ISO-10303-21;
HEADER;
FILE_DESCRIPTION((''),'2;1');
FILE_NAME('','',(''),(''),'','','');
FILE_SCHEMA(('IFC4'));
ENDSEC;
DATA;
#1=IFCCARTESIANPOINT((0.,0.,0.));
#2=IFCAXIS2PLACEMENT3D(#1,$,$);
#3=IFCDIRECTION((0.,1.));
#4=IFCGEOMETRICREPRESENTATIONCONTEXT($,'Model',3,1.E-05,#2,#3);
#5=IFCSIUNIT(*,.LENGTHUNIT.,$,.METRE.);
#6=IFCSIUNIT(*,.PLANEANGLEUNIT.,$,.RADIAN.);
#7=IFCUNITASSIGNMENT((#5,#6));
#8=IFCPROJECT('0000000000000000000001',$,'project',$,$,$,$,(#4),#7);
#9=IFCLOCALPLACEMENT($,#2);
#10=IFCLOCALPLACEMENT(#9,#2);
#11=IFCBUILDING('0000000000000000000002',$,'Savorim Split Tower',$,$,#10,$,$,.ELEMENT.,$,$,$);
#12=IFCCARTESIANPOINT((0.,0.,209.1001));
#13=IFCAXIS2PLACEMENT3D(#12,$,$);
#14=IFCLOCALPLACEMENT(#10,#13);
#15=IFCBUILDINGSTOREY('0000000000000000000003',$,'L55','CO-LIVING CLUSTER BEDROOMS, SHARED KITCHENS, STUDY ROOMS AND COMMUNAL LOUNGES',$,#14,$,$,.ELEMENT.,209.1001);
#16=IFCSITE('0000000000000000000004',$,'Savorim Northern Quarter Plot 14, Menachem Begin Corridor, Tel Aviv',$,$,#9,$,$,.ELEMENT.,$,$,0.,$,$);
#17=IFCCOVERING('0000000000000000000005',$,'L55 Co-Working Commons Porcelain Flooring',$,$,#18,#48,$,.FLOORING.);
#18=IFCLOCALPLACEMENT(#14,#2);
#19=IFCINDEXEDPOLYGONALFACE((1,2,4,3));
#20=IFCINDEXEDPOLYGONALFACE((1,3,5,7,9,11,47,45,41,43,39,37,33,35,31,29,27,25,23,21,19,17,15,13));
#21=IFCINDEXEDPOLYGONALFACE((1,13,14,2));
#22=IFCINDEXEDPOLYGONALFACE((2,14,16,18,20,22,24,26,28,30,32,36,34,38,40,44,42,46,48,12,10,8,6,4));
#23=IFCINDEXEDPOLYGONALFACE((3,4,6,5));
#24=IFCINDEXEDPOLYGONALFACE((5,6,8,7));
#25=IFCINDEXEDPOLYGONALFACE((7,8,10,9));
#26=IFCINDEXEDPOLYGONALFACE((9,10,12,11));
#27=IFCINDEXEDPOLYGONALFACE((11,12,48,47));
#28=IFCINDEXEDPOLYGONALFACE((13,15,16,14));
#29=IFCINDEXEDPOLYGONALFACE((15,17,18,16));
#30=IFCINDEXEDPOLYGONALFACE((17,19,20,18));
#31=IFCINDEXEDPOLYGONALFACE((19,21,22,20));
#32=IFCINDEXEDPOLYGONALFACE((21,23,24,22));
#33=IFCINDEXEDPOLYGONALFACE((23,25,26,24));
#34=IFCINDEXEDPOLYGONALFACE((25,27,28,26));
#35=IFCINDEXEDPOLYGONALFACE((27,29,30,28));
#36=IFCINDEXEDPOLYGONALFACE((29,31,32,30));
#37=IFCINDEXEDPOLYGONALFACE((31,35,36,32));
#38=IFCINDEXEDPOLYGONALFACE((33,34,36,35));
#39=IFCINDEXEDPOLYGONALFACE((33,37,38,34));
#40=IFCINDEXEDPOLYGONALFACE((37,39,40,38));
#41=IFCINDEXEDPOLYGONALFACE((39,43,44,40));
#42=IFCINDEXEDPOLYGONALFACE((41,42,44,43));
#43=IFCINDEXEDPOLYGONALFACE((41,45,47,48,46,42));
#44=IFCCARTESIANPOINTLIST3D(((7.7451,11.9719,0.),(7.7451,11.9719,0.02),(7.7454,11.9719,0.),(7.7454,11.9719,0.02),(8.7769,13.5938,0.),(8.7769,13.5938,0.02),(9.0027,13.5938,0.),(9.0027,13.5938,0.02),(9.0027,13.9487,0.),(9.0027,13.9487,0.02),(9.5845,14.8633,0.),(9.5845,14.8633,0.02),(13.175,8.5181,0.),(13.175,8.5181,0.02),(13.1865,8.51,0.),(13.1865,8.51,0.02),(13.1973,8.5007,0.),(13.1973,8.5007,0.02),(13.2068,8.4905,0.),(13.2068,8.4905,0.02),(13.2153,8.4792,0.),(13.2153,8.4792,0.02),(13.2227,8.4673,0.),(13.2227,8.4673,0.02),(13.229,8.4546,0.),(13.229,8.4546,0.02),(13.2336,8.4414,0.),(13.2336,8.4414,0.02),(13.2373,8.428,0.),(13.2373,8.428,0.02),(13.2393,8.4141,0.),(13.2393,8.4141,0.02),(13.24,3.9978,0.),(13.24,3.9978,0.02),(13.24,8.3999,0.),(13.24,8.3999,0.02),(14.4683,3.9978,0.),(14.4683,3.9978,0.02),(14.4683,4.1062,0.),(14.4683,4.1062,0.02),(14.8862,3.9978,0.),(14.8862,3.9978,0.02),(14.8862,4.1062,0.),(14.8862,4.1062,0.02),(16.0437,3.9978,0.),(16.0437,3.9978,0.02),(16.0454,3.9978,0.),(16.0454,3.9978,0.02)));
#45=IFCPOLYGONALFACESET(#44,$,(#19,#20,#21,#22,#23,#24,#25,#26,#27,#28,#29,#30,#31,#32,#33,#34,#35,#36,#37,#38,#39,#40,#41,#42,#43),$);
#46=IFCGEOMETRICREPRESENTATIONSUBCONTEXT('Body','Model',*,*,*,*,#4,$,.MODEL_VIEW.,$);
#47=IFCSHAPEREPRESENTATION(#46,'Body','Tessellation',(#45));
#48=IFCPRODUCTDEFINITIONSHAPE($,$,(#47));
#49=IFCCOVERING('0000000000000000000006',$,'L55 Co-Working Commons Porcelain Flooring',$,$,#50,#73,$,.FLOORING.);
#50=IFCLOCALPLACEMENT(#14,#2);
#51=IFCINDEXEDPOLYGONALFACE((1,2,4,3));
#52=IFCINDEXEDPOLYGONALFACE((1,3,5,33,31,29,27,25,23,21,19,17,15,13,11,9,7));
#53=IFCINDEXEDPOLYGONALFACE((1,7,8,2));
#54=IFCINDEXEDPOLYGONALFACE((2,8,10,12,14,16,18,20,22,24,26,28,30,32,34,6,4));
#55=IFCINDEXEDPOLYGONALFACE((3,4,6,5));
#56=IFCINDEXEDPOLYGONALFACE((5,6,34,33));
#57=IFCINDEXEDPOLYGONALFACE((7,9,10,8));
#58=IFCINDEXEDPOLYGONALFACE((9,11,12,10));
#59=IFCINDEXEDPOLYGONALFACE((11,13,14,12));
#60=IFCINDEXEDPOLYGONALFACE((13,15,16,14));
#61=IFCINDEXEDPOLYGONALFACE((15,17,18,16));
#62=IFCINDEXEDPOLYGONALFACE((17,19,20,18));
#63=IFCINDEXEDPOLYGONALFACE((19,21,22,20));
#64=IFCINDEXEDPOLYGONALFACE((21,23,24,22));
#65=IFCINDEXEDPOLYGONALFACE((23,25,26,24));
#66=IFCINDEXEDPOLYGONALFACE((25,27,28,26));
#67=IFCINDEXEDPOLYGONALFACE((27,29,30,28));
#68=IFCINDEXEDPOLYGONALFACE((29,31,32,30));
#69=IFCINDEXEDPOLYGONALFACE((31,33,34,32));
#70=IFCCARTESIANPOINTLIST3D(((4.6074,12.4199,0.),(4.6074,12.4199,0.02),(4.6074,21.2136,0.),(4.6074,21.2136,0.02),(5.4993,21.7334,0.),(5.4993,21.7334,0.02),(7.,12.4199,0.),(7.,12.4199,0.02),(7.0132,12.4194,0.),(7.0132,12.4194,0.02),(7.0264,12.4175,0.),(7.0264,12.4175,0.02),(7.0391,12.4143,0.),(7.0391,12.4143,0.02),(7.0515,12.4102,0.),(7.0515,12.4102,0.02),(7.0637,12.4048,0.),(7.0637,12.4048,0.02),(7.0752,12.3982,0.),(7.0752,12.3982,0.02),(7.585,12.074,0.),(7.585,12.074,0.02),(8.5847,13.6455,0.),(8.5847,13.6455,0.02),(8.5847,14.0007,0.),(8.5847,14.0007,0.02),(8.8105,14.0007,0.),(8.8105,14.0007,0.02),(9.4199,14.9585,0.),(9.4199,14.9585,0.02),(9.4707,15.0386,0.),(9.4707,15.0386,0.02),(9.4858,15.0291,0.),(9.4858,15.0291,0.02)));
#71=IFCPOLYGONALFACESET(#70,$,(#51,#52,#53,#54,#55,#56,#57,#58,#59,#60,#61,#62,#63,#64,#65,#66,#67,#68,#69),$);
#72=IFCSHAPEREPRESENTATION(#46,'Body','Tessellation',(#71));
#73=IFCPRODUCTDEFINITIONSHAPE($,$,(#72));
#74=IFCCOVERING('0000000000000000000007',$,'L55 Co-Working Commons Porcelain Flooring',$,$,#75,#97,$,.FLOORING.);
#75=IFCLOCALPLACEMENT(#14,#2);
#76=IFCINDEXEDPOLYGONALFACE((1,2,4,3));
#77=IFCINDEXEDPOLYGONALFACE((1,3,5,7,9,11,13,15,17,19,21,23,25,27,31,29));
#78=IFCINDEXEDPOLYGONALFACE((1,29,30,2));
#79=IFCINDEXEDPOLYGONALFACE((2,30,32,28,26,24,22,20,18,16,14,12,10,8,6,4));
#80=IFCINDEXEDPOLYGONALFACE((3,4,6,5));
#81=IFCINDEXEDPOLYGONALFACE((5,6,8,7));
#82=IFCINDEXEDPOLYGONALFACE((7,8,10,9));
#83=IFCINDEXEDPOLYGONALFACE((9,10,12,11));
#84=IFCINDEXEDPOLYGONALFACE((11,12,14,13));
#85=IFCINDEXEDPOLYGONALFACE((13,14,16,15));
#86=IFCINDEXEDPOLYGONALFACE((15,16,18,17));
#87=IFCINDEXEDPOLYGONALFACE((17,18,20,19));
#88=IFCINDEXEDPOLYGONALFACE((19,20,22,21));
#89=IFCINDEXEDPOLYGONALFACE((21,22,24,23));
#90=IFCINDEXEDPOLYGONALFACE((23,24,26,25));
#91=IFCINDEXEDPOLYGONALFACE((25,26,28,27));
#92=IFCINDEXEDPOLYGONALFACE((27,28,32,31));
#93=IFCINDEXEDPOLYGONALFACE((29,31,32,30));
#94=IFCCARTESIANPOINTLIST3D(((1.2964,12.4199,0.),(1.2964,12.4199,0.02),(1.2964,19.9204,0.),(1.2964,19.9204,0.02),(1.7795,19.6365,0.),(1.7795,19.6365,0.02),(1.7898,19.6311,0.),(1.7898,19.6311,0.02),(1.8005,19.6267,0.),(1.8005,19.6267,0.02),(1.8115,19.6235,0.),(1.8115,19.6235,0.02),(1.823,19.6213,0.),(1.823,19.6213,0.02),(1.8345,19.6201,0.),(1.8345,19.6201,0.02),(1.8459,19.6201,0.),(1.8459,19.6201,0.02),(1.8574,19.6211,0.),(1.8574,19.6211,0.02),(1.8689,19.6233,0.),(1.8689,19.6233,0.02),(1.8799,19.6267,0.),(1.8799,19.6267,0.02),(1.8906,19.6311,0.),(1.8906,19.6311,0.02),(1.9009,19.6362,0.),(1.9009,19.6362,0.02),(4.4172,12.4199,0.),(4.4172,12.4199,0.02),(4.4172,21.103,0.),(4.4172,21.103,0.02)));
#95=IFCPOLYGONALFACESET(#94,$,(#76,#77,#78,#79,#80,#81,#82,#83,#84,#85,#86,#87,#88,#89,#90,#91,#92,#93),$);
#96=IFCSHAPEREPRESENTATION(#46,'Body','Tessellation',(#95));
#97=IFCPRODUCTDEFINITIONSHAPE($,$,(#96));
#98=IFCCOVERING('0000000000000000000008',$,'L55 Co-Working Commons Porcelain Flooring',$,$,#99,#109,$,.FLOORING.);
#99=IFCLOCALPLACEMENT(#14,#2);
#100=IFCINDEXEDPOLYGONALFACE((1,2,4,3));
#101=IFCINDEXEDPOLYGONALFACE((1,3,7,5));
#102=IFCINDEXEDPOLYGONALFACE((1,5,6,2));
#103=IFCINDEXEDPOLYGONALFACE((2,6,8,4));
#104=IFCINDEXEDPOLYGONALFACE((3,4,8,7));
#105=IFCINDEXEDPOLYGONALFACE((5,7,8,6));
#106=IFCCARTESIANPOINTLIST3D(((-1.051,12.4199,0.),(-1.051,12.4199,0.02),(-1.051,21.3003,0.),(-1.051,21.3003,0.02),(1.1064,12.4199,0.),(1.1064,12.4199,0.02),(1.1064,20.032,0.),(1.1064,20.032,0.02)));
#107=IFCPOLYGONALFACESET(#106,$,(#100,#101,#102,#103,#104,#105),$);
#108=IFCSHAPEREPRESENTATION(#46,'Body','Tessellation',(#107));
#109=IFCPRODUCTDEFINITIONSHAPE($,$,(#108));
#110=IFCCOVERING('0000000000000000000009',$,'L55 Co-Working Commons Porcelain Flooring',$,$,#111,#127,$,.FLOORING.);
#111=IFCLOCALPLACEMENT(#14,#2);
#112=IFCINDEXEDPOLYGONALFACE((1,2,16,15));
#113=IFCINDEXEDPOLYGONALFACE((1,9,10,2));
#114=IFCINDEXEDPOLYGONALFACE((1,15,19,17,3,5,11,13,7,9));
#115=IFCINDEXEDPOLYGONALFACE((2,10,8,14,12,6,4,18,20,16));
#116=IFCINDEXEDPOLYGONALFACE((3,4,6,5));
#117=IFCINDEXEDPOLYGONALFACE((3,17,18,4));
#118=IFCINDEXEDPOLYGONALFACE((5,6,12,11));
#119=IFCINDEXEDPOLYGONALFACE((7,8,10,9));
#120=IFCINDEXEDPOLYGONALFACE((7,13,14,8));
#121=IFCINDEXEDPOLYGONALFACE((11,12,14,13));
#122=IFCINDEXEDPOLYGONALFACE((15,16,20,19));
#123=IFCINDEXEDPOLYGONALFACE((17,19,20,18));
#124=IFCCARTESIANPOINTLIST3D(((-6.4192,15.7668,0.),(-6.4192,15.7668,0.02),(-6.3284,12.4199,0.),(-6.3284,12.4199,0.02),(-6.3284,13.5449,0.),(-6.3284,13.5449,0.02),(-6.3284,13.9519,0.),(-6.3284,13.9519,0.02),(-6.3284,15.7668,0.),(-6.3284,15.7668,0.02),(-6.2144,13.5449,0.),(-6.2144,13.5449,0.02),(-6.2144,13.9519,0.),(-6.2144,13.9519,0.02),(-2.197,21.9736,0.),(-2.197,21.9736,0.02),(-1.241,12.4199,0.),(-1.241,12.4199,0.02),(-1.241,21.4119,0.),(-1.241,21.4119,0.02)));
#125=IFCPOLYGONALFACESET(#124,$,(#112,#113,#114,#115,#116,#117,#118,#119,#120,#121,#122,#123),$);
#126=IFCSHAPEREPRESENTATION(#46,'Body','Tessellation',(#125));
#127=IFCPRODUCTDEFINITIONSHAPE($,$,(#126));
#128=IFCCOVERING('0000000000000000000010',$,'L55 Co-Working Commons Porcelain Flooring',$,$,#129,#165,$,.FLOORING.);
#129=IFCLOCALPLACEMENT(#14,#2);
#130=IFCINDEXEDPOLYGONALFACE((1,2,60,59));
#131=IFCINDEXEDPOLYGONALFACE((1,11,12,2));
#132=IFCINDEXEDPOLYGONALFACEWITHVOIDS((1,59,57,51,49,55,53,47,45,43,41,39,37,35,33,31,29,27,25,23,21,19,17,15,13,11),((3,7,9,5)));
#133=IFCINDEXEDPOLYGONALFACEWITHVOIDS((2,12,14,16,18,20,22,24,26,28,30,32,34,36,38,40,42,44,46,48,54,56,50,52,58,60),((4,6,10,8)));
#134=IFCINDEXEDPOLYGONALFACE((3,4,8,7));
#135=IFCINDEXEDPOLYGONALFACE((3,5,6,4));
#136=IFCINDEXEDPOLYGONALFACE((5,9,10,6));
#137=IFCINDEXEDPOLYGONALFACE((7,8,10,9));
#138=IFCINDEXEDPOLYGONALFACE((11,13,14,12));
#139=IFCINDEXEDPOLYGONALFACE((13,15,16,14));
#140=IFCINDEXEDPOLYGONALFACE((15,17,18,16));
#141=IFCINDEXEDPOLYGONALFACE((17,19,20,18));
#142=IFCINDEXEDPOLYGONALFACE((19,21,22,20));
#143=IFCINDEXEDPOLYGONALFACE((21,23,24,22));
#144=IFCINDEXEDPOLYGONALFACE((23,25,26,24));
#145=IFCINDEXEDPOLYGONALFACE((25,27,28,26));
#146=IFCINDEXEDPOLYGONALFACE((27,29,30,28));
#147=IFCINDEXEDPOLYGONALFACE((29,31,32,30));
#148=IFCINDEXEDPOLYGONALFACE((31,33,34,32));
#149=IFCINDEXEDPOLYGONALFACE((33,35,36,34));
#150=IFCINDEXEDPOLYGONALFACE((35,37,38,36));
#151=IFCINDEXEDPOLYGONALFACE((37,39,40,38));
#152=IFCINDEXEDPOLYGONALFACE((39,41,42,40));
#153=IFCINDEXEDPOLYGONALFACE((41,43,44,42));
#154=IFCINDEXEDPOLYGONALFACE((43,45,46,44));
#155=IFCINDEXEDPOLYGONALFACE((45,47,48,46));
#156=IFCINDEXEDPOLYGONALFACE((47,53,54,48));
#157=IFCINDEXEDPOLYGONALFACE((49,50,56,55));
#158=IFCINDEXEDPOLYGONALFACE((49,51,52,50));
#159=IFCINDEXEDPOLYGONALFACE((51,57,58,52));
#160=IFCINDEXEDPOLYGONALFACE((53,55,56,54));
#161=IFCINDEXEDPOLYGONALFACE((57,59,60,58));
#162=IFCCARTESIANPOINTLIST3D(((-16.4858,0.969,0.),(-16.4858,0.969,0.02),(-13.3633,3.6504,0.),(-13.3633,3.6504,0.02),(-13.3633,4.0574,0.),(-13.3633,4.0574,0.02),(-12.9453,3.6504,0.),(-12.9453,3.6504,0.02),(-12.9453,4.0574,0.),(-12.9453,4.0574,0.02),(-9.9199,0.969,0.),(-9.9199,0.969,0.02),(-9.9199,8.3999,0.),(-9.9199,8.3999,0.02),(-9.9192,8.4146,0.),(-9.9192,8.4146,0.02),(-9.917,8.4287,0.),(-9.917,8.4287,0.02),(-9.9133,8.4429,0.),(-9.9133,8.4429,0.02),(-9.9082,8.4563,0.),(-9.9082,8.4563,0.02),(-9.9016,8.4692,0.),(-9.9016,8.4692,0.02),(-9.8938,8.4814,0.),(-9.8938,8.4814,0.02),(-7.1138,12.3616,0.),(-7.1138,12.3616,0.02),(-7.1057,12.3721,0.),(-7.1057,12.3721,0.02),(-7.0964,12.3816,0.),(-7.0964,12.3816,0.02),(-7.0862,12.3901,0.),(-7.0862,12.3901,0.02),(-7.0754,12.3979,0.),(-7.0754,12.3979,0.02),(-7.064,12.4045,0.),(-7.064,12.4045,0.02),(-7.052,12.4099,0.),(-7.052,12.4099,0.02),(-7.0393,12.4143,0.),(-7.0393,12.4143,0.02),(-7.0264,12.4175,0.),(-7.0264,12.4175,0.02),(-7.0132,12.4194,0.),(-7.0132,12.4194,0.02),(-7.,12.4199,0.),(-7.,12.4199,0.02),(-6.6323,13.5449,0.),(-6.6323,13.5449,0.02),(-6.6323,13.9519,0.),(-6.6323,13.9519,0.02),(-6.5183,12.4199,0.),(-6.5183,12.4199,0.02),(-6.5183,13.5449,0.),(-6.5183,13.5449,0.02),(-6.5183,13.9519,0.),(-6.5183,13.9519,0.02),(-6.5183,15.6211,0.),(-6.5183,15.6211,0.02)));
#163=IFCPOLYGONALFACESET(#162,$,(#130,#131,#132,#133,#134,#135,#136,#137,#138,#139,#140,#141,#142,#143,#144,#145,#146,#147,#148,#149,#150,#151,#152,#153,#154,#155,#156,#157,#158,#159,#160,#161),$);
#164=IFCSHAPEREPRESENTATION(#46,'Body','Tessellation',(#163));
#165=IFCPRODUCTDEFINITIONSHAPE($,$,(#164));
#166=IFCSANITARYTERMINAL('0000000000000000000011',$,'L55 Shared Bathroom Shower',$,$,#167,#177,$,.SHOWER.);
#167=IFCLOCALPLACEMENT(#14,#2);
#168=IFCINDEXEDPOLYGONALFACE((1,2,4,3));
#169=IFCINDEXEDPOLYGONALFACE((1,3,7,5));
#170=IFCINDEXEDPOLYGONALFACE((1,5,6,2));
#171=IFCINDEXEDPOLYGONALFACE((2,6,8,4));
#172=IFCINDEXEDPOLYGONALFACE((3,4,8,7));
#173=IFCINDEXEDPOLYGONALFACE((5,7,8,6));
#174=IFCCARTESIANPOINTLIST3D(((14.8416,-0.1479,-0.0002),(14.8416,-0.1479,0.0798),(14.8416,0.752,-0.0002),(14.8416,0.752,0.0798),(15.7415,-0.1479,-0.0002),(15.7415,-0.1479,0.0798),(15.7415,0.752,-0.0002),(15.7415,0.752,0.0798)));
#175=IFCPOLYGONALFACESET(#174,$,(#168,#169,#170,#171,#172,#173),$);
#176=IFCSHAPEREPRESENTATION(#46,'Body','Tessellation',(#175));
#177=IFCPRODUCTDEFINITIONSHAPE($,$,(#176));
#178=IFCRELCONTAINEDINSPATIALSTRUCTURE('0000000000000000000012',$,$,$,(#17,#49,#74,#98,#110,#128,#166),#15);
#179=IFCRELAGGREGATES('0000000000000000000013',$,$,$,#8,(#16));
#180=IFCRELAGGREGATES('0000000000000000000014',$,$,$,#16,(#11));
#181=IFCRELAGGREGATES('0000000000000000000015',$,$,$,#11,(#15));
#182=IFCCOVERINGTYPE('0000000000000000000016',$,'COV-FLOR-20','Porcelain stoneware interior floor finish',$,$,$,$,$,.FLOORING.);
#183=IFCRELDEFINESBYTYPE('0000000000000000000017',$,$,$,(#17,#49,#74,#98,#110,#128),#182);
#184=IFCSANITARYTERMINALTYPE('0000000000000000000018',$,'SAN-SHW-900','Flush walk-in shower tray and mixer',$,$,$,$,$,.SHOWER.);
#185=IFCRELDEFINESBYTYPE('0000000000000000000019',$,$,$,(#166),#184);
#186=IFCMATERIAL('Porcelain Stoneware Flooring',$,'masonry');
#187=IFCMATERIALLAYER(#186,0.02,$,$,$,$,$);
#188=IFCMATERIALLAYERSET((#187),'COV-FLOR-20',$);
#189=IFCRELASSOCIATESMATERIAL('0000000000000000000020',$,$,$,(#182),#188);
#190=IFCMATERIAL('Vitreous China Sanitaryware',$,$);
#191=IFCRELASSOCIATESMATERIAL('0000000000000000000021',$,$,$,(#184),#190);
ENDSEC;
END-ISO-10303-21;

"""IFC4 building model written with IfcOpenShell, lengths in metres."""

from ifc_helpers import new_model, si_unit, direction, frame, origin, origin_2d, place, context, subcontext, project, spatial, polyline, rectangle, outline, extrude, material, layer, layer_set, type_object, element, save


model = new_model("IFC4")

# Units and contexts
model_context = context("Model", 3, precision=1e-05, world=origin(), true_north=direction((0.0, 1.0)))
body_context = subcontext(model_context, "Body", "Model", "MODEL_VIEW")
ifc_project = project(units=[si_unit("LENGTHUNIT", "METRE"), si_unit("PLANEANGLEUNIT", "RADIAN")], contexts=[model_context])

# Site, building, storey
site_placement = place(None, origin())
site = spatial("IfcSite", under=ifc_project, at=site_placement, Name="Savorim Northern Quarter Plot 14, Menachem Begin Corridor, Tel Aviv", CompositionType="ELEMENT", RefElevation=0.0)
building_placement = place(site_placement, origin())
building = spatial("IfcBuilding", under=site, at=building_placement, Name="Savorim Split Tower", CompositionType="ELEMENT")
storey_placement = place(building_placement, frame((0.0, 0.0, 209.1001)))
storey = spatial("IfcBuildingStorey", under=building, at=storey_placement, Name="L55", Description="CO-LIVING CLUSTER BEDROOMS, SHARED KITCHENS, STUDY ROOMS AND COMMUNAL LOUNGES", CompositionType="ELEMENT", Elevation=209.1001)

# Coverings
ifc_material_1 = material(Name="Porcelain Stoneware Flooring", Category="masonry")
ifc_layer_1 = layer(ifc_material_1, 0.02)
ifc_layer_set_1 = layer_set([ifc_layer_1], Name="COV-FLOR-20")
covering_type_1 = type_object("IfcCoveringType", Name="COV-FLOR-20", Description="Porcelain stoneware interior floor finish", PredefinedType="FLOORING", material=ifc_layer_set_1)
covering_1_placement = place(storey_placement, origin())
element("IfcCovering", 1, at=covering_1_placement, inside=storey, type_object=covering_type_1, Name="L55 Co-Working Commons Porcelain Flooring", PredefinedType="FLOORING", context=body_context, shape_type="SweptSolid", body=[
    extrude(outline(polyline([(14.8862, 4.1062), (14.8862, 3.9978), (16.0437, 3.9978), (16.0454, 3.9978), (9.5845, 14.8633), (9.0027, 13.9487), (9.0027, 13.5938), (8.7769, 13.5938), (7.7454, 11.9719), (7.7451, 11.9719), (13.175, 8.5181), (13.1865, 8.51), (13.1973, 8.5007), (13.2068, 8.4905), (13.2153, 8.4792), (13.2227, 8.4673), (13.229, 8.4546), (13.2336, 8.4414), (13.2373, 8.428), (13.2393, 8.4141), (13.24, 8.3999), (13.24, 3.9978), (14.4683, 3.9978), (14.4683, 4.1062), (14.8862, 4.1062)])), origin(), (0.0, 0.0, 1.0), 0.02),
])
covering_2_placement = place(storey_placement, origin())
element("IfcCovering", 2, at=covering_2_placement, inside=storey, type_object=covering_type_1, Name="L55 Co-Working Commons Porcelain Flooring", PredefinedType="FLOORING", context=body_context, shape_type="SweptSolid", body=[
    extrude(outline(polyline([(9.4707, 15.0386), (9.4858, 15.0291), (5.4993, 21.7334), (4.6074, 21.2136), (4.6074, 12.4199), (7.0, 12.4199), (7.0132, 12.4194), (7.0264, 12.4175), (7.0391, 12.4143), (7.0515, 12.4102), (7.0637, 12.4048), (7.0752, 12.3982), (7.585, 12.074), (8.5847, 13.6455), (8.5847, 14.0007), (8.8105, 14.0007), (9.4199, 14.9585), (9.4707, 15.0386)])), origin(), (0.0, 0.0, 1.0), 0.02),
])
covering_3_placement = place(storey_placement, origin())
element("IfcCovering", 3, at=covering_3_placement, inside=storey, type_object=covering_type_1, Name="L55 Co-Working Commons Porcelain Flooring", PredefinedType="FLOORING", context=body_context, shape_type="SweptSolid", body=[
    extrude(outline(polyline([(1.8005, 19.6267), (1.7898, 19.6311), (1.7795, 19.6365), (1.2964, 19.9204), (1.2964, 12.4199), (4.4172, 12.4199), (4.4172, 21.103), (1.9009, 19.6362), (1.8906, 19.6311), (1.8799, 19.6267), (1.8689, 19.6233), (1.8574, 19.6211), (1.8459, 19.6201), (1.8345, 19.6201), (1.823, 19.6213), (1.8115, 19.6235), (1.8005, 19.6267)])), origin(), (0.0, 0.0, 1.0), 0.02),
])
covering_4_placement = place(storey_placement, origin())
element("IfcCovering", 4, at=covering_4_placement, inside=storey, type_object=covering_type_1, Name="L55 Co-Working Commons Porcelain Flooring", PredefinedType="FLOORING", context=body_context, shape_type="SweptSolid", body=[
    extrude(outline(polyline([(-1.051, 12.4199), (1.1064, 12.4199), (1.1064, 20.032), (-1.051, 21.3003), (-1.051, 12.4199)])), origin(), (0.0, 0.0, 1.0), 0.02),
])
covering_5_placement = place(storey_placement, origin())
element("IfcCovering", 5, at=covering_5_placement, inside=storey, type_object=covering_type_1, Name="L55 Co-Working Commons Porcelain Flooring", PredefinedType="FLOORING", context=body_context, shape_type="SweptSolid", body=[
    extrude(outline(polyline([(-6.3284, 12.4199), (-1.241, 12.4199), (-1.241, 21.4119), (-2.197, 21.9736), (-6.4192, 15.7668), (-6.3284, 15.7668), (-6.3284, 13.9519), (-6.2144, 13.9519), (-6.2144, 13.5449), (-6.3284, 13.5449), (-6.3284, 12.4199)])), origin(), (0.0, 0.0, 1.0), 0.02),
])
covering_6_placement = place(storey_placement, origin())
element("IfcCovering", 6, at=covering_6_placement, inside=storey, type_object=covering_type_1, Name="L55 Co-Working Commons Porcelain Flooring", PredefinedType="FLOORING", context=body_context, shape_type="SweptSolid", body=[
    extrude(outline(polyline([(-7.0132, 12.4194), (-7.0, 12.4199), (-6.5183, 12.4199), (-6.5183, 13.5449), (-6.6323, 13.5449), (-6.6323, 13.9519), (-6.5183, 13.9519), (-6.5183, 15.6211), (-16.4858, 0.969), (-9.9199, 0.969), (-9.9199, 8.3999), (-9.9192, 8.4146), (-9.917, 8.4287), (-9.9133, 8.4429), (-9.9082, 8.4563), (-9.9016, 8.4692), (-9.8938, 8.4814), (-7.1138, 12.3616), (-7.1057, 12.3721), (-7.0964, 12.3816), (-7.0862, 12.3901), (-7.0754, 12.3979), (-7.064, 12.4045), (-7.052, 12.4099), (-7.0393, 12.4143), (-7.0264, 12.4175), (-7.0132, 12.4194)]), holes=[polyline([(-13.3633, 4.0574), (-13.3633, 3.6504), (-12.9453, 3.6504), (-12.9453, 4.0574), (-13.3633, 4.0574)])]), origin(), (0.0, 0.0, 1.0), 0.02),
])

# Sanitary terminal
ifc_material_2 = material(Name="Vitreous China Sanitaryware")
sanitary_terminal_type_1 = type_object("IfcSanitaryTerminalType", Name="SAN-SHW-900", Description="Flush walk-in shower tray and mixer", PredefinedType="SHOWER", material=ifc_material_2)
sanitary_terminal_1_placement = place(storey_placement, frame((15.2915, 0.302, -0.0002), z_axis=(0.0, 0.0, 1.0), x_axis=(1.0, 0.0, 0.0)))
element("IfcSanitaryTerminal", 7, at=sanitary_terminal_1_placement, inside=storey, type_object=sanitary_terminal_type_1, Name="L55 Shared Bathroom Shower", PredefinedType="SHOWER", context=body_context, shape_type="SweptSolid", body=[
    extrude(rectangle(XDim=0.8999, YDim=0.8999, at=origin_2d()), origin(), (0.0, 0.0, 1.0), 0.0801),
])

save(model, "model.ifc")
